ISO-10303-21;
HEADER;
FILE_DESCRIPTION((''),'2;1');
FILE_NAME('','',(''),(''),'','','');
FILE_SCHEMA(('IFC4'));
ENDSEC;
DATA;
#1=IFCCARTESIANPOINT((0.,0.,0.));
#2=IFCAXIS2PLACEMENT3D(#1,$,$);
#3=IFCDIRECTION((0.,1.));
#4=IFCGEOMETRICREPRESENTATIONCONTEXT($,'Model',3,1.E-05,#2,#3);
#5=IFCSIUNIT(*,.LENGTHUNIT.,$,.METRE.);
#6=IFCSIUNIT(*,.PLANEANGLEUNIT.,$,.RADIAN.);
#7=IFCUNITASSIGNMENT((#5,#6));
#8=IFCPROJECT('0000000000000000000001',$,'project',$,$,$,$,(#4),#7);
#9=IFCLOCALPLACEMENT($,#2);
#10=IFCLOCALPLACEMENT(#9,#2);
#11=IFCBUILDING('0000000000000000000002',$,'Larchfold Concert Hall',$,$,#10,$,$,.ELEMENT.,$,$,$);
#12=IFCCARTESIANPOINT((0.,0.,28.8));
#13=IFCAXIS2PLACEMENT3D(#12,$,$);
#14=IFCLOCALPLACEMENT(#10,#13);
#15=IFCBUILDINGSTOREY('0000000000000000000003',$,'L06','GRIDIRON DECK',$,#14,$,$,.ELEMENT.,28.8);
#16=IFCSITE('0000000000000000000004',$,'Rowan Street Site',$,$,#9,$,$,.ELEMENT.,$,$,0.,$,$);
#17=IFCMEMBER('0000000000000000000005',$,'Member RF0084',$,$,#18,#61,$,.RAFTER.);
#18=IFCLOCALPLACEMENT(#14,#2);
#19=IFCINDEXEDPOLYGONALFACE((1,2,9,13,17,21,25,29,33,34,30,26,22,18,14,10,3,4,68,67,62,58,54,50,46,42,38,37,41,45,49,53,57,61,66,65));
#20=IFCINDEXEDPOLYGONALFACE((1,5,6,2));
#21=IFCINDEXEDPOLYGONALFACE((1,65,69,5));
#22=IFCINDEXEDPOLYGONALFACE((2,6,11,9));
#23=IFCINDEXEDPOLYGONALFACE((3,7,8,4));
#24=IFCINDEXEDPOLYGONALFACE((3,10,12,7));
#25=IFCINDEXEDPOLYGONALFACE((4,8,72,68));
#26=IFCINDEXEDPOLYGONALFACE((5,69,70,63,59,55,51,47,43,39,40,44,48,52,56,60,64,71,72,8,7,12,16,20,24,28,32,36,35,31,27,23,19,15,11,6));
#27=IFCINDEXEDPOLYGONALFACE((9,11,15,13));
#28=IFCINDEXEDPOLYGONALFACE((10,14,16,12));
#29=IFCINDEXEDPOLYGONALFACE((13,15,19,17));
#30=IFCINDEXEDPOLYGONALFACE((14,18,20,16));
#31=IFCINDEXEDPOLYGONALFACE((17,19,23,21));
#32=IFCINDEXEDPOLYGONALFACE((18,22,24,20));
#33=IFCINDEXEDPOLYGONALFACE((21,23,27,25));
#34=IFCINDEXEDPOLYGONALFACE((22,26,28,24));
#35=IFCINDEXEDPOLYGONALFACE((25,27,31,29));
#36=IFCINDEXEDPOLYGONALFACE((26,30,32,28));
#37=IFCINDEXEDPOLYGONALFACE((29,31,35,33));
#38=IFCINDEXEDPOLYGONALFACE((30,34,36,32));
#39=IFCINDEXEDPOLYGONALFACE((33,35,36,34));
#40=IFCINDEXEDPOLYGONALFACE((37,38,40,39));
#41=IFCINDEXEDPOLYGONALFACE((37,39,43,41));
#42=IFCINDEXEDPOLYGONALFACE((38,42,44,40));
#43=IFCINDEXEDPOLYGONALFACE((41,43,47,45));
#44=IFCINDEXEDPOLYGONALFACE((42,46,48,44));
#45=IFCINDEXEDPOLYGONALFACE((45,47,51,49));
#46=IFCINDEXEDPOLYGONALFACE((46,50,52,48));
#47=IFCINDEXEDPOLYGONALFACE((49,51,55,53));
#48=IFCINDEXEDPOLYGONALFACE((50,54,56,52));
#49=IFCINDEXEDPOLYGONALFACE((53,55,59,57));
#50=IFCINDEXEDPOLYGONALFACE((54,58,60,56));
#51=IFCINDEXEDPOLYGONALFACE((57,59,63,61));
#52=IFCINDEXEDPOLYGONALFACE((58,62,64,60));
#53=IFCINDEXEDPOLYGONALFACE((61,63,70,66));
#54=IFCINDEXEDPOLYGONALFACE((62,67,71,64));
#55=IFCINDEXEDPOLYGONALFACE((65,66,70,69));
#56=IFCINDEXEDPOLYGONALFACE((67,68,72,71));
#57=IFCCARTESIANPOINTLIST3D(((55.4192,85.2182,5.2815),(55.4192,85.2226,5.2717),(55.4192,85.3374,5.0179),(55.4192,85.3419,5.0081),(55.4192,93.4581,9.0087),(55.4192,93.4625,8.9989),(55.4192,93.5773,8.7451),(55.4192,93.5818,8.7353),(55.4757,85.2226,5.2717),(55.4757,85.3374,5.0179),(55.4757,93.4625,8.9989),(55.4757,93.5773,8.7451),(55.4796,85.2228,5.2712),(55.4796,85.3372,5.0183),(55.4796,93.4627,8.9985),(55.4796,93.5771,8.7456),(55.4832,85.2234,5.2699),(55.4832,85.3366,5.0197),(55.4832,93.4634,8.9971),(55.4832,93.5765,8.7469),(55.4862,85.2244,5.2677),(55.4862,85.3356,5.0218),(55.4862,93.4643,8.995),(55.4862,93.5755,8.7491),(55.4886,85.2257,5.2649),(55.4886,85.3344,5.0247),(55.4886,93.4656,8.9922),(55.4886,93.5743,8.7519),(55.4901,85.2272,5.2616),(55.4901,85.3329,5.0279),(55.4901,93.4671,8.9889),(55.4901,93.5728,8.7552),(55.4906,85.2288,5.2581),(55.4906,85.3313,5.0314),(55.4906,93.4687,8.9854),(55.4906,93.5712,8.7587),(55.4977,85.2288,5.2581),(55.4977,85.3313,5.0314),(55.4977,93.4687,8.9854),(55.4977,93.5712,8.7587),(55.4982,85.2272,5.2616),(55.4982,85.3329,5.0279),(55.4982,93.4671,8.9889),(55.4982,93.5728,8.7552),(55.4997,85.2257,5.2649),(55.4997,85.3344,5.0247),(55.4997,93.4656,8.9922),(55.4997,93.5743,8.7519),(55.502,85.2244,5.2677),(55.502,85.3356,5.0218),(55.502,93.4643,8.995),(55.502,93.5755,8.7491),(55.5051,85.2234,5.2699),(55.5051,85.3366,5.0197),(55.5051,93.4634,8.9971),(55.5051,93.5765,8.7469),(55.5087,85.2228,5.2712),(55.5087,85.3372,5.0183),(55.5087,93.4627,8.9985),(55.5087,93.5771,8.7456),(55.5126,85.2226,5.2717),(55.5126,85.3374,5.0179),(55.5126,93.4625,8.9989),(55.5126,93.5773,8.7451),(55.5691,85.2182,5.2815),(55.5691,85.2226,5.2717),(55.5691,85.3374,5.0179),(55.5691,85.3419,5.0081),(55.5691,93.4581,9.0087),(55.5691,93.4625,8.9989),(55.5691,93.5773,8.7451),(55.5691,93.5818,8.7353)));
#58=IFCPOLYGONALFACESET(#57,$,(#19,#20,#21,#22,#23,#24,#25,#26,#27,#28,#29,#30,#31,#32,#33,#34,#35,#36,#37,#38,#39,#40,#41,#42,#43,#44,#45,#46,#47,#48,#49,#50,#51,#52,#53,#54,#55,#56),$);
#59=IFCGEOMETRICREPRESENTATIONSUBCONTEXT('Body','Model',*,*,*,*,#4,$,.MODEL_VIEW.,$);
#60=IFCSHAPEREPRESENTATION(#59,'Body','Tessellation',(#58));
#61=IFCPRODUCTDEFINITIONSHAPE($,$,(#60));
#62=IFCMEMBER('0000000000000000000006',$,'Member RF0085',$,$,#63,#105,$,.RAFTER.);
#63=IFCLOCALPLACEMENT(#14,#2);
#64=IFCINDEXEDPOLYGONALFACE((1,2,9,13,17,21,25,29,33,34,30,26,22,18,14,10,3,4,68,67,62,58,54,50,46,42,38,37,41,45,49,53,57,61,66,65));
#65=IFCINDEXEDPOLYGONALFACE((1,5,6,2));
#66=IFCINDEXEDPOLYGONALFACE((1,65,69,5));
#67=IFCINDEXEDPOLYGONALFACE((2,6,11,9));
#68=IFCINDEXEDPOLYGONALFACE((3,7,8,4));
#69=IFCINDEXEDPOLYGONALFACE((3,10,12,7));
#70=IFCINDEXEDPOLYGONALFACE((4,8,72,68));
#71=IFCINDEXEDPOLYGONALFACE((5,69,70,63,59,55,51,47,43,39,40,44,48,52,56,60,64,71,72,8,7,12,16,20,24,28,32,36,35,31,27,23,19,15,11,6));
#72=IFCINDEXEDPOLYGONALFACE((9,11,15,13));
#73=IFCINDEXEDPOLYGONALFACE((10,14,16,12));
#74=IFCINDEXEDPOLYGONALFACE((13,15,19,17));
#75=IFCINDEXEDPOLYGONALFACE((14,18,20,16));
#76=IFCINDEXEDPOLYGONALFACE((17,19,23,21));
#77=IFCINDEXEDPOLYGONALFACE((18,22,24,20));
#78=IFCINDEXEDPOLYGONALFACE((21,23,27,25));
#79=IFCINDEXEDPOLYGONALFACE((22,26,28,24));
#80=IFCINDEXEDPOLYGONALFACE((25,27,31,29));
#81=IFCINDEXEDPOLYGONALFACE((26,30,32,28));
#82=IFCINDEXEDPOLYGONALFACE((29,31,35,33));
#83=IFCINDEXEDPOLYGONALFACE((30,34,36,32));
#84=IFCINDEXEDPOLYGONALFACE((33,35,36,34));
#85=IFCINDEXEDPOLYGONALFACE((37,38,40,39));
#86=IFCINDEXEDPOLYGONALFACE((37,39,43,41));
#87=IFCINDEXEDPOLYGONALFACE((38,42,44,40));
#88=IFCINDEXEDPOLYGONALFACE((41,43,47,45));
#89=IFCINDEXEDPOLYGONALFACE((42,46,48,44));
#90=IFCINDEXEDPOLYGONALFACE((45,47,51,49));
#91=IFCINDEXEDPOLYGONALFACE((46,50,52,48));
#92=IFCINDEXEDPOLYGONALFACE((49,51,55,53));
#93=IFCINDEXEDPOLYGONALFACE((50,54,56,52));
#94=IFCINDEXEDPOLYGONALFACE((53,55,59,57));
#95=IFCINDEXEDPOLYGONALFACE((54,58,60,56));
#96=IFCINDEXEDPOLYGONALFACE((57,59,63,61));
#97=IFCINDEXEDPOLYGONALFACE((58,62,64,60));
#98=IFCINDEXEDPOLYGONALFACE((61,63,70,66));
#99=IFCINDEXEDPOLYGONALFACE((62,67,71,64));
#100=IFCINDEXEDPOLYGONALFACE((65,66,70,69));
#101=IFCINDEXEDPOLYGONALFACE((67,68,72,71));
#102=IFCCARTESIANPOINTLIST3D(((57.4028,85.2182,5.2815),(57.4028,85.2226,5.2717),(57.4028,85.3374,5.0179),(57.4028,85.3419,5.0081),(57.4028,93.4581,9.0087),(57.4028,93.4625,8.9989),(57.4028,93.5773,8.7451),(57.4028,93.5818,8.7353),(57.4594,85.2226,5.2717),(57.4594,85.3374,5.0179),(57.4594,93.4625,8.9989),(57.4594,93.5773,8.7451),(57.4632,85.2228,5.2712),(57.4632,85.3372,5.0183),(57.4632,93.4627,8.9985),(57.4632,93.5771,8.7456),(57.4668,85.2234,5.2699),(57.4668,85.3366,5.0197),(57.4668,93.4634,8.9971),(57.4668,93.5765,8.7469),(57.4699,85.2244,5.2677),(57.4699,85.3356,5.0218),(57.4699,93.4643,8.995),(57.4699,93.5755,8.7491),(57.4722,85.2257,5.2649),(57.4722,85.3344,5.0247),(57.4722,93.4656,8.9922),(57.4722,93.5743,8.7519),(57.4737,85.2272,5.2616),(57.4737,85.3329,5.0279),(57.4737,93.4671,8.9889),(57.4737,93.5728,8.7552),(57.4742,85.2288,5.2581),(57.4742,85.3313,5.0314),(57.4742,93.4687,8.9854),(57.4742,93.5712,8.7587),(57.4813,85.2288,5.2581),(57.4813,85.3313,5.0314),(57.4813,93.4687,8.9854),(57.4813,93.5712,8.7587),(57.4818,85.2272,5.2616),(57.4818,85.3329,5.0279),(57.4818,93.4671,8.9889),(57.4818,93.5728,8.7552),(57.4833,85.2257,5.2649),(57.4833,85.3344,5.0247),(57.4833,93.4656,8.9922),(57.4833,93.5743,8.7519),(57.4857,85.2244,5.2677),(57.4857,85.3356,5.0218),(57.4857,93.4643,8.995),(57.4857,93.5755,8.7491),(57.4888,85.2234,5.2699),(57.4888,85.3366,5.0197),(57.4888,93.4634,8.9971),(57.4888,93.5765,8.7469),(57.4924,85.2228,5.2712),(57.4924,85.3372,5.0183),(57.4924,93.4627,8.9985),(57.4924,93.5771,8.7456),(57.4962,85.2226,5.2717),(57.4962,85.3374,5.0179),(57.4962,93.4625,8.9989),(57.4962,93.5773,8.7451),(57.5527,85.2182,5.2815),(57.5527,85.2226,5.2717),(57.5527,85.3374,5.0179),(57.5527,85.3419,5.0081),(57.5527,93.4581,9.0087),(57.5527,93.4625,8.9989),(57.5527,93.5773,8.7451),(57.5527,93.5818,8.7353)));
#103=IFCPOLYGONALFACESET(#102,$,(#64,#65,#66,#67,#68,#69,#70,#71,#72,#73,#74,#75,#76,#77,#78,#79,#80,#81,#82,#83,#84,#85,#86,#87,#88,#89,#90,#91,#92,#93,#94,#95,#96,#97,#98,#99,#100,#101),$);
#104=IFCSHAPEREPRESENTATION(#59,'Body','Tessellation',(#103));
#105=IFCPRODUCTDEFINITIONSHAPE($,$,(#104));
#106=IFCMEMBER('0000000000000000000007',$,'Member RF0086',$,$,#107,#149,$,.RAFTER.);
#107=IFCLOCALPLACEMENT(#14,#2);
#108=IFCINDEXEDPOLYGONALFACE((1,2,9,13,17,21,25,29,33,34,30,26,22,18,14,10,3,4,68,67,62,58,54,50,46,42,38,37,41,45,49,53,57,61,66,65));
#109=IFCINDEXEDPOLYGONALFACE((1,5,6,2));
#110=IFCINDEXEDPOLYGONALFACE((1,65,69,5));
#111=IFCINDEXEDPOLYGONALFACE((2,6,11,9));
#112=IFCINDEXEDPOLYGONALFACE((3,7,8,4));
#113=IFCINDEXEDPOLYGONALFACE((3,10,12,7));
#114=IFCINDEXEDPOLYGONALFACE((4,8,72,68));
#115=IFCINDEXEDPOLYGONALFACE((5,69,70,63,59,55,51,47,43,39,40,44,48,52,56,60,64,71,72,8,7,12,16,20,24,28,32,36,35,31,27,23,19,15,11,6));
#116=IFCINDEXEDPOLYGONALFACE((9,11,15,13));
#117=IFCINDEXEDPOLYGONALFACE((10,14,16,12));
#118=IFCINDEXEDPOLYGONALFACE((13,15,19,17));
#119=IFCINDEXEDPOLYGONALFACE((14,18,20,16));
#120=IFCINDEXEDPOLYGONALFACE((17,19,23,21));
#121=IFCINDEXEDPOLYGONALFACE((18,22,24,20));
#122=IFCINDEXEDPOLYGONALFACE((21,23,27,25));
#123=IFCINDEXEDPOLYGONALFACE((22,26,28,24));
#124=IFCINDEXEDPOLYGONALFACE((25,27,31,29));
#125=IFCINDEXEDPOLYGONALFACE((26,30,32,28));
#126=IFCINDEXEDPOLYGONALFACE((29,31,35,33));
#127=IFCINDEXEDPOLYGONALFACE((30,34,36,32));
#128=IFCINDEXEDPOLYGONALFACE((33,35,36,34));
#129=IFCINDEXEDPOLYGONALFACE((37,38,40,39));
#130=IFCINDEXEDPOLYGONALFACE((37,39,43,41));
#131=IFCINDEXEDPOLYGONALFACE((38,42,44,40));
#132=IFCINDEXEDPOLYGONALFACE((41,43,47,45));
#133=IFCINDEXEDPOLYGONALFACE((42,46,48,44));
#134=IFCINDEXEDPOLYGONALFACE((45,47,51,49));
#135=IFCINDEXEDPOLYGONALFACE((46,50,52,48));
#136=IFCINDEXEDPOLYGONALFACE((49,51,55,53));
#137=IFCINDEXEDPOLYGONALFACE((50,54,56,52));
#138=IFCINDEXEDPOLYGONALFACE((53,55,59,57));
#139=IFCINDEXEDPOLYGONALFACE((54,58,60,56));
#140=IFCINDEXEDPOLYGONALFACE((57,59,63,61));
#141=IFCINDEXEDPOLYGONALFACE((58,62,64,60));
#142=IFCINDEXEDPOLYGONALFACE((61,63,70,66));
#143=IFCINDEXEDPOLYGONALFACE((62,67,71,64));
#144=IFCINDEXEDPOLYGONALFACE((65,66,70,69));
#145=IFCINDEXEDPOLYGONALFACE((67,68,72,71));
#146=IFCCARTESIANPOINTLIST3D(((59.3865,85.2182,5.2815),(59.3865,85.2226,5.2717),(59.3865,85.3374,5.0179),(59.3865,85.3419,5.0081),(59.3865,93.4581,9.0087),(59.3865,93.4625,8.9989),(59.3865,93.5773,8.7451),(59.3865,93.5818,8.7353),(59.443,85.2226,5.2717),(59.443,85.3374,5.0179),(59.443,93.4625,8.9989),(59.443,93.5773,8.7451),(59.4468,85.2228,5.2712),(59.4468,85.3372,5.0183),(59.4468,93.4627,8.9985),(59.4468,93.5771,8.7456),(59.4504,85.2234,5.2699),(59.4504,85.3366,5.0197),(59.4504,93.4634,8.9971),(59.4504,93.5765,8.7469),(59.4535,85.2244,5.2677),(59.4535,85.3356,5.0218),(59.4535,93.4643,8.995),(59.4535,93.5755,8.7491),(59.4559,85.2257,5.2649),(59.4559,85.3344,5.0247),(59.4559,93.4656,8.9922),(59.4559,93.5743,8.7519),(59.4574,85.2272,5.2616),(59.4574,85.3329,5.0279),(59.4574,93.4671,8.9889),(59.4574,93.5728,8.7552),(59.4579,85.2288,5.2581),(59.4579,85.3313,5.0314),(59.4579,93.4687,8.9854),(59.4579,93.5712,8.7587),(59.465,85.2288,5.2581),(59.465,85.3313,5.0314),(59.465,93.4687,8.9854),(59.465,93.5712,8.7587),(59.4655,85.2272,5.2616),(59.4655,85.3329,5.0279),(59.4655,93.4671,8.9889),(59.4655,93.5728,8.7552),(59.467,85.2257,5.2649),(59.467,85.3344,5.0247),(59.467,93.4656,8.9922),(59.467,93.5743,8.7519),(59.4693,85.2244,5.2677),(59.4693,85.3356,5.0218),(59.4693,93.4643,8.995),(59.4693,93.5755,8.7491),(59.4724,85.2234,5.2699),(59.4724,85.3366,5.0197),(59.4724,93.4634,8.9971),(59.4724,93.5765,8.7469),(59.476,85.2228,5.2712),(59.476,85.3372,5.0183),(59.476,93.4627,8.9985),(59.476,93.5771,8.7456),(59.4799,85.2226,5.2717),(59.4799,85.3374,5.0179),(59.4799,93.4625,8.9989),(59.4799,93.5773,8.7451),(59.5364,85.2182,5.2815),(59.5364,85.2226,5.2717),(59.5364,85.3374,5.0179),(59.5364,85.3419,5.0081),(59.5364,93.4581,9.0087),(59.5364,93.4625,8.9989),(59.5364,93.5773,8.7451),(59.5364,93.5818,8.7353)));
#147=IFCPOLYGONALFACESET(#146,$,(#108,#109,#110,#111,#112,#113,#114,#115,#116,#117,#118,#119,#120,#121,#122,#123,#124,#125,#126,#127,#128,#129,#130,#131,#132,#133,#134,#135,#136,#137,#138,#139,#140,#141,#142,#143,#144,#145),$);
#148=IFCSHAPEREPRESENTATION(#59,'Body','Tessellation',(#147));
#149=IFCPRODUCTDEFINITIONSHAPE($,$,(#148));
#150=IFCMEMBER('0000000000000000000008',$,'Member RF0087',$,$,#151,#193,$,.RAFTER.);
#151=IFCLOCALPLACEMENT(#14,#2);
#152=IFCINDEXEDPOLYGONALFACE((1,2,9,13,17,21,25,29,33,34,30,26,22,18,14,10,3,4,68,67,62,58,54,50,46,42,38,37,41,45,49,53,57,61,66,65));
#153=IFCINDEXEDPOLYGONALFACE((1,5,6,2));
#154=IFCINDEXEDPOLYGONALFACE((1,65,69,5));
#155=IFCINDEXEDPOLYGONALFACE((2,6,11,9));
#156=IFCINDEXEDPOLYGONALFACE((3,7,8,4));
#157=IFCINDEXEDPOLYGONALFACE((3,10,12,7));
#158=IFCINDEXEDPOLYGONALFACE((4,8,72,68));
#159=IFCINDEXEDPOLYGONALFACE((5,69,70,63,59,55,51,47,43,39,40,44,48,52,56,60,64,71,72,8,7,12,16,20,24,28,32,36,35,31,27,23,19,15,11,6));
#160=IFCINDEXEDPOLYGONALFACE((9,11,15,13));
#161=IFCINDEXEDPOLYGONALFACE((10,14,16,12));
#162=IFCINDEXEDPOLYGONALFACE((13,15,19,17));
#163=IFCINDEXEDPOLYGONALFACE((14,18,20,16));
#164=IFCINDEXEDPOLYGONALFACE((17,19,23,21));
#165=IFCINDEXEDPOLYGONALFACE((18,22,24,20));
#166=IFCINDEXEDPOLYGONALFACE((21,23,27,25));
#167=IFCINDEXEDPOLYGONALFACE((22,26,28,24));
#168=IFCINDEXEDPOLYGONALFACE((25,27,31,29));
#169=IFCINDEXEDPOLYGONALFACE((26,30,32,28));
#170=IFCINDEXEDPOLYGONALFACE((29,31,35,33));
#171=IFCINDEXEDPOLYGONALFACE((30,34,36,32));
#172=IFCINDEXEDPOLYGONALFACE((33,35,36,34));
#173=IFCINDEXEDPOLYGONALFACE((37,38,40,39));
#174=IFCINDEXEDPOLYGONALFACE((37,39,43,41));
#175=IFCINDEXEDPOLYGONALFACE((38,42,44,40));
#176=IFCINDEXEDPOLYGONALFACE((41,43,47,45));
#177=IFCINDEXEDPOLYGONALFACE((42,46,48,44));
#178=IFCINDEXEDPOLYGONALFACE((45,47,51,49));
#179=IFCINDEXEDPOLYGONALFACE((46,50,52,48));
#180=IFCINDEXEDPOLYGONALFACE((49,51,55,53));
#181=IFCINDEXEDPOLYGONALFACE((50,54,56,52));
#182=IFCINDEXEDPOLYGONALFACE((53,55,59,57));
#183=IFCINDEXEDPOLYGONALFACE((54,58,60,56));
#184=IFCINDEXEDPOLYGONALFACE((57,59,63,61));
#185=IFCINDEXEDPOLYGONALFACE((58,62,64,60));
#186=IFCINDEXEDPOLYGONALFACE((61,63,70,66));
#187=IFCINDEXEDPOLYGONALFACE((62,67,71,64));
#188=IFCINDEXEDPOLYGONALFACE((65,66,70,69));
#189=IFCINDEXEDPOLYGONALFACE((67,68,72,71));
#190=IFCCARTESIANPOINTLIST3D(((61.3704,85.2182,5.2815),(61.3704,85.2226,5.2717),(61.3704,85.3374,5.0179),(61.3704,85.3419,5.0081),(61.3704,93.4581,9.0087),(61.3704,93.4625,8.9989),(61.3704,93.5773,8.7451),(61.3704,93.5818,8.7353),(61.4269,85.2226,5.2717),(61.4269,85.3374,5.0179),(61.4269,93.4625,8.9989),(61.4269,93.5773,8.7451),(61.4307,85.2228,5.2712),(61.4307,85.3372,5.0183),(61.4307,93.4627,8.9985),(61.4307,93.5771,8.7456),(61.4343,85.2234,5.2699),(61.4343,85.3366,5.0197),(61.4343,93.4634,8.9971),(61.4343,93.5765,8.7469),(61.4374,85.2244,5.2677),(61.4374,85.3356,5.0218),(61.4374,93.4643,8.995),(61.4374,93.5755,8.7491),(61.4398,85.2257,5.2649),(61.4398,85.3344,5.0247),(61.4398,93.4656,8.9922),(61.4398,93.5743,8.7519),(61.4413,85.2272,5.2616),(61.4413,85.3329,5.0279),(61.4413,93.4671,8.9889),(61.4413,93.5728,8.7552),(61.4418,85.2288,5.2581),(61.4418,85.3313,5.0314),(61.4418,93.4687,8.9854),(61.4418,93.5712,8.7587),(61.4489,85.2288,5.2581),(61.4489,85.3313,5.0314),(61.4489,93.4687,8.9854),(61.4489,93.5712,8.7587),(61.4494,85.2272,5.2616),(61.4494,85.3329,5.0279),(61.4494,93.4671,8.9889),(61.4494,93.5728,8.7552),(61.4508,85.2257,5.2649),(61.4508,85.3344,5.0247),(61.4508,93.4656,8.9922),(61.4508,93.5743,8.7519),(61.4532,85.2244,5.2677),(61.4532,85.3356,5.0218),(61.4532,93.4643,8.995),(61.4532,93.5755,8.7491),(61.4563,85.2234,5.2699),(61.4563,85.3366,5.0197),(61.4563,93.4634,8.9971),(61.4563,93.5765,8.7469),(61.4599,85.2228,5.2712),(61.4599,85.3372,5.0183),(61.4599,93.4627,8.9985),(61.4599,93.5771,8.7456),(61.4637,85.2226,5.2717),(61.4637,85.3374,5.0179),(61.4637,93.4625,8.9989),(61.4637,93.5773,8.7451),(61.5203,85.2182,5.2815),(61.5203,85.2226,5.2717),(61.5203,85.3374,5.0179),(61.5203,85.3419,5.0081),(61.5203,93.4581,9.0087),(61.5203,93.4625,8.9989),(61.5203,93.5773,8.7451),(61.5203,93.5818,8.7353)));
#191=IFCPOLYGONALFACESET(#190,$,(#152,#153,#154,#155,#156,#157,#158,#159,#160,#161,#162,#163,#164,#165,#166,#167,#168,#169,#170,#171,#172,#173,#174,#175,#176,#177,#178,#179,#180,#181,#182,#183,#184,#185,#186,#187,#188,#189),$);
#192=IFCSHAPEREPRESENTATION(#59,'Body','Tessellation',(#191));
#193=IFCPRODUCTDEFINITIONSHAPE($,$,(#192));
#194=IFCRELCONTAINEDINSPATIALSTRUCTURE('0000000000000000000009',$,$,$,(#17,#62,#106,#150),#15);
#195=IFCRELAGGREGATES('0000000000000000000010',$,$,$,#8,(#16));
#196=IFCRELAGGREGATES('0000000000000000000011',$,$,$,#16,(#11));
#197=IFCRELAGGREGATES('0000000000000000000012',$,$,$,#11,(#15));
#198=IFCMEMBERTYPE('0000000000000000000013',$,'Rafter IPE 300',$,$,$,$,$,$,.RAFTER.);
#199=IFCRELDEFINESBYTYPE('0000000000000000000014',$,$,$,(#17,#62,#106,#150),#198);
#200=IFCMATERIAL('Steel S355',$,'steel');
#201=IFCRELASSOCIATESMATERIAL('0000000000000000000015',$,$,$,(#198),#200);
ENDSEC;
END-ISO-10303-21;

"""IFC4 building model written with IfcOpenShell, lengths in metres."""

from ifc_helpers import new_model, si_unit, direction, frame, origin, origin_2d, place, context, subcontext, project, spatial, i_section, extrude, material, material_profile, profile_set, type_object, element, save


model = new_model("IFC4")

# Units and contexts
model_context = context("Model", 3, precision=1e-05, world=origin(), true_north=direction((0.0, 1.0)))
body_context = subcontext(model_context, "Body", "Model", "MODEL_VIEW")
ifc_project = project(units=[si_unit("LENGTHUNIT", "METRE"), si_unit("PLANEANGLEUNIT", "RADIAN")], contexts=[model_context])

# Site, building, storey
site_placement = place(None, origin())
site = spatial("IfcSite", under=ifc_project, at=site_placement, Name="Rowan Street Site", CompositionType="ELEMENT", RefElevation=0.0)
building_placement = place(site_placement, origin())
building = spatial("IfcBuilding", under=site, at=building_placement, Name="Larchfold Concert Hall", CompositionType="ELEMENT")
storey_placement = place(building_placement, frame((0.0, 0.0, 28.8)))
storey = spatial("IfcBuildingStorey", under=building, at=storey_placement, Name="L06", Description="GRIDIRON DECK", CompositionType="ELEMENT", Elevation=28.8)

# Members
ifc_material_1 = material(Name="Steel S355", Category="steel")
ifc_material_profile_1 = material_profile(ifc_material_1, i_section(OverallWidth=0.1499, OverallDepth=0.3, WebThickness=0.0071, FlangeThickness=0.0107, FilletRadius=0.0149, at=origin_2d()))
ifc_profile_set_1 = profile_set([ifc_material_profile_1], Name="Steel S355")
member_type_1 = type_object("IfcMemberType", Name="Rafter IPE 300", PredefinedType="RAFTER", material=ifc_profile_set_1)
for number, where, z_axis, x_axis, name in (
    (1, (55.4941, 85.28, 5.1448), (0.0, 0.911121, 0.412139), (-1.0, 0.0, 0.0), "Member RF0084"),
    (2, (57.4778, 85.28, 5.1448), (0.0, 0.911121, 0.412139), (-1.0, 0.0, 0.0), "Member RF0085"),
    (3, (59.4614, 85.28, 5.1448), (0.0, 0.911121, 0.412139), (-1.0, 0.0, 0.0), "Member RF0086"),
    (4, (61.4453, 85.28, 5.1448), (0.0, 0.911121, 0.412139), (-1.0, 0.0, 0.0), "Member RF0087"),
):
    element("IfcMember", number, at=place(storey_placement, frame(where, z_axis=z_axis, x_axis=x_axis)), inside=storey, type_object=member_type_1, Name=name, PredefinedType="RAFTER", context=body_context, shape_type="SweptSolid", body=[
        extrude(i_section(OverallWidth=0.1499, OverallDepth=0.3, WebThickness=0.0071, FlangeThickness=0.0107, FilletRadius=0.0149, at=origin_2d()), origin(), (0.0, 0.0, 1.0), 9.0437),
    ])

save(model, "model.ifc")
